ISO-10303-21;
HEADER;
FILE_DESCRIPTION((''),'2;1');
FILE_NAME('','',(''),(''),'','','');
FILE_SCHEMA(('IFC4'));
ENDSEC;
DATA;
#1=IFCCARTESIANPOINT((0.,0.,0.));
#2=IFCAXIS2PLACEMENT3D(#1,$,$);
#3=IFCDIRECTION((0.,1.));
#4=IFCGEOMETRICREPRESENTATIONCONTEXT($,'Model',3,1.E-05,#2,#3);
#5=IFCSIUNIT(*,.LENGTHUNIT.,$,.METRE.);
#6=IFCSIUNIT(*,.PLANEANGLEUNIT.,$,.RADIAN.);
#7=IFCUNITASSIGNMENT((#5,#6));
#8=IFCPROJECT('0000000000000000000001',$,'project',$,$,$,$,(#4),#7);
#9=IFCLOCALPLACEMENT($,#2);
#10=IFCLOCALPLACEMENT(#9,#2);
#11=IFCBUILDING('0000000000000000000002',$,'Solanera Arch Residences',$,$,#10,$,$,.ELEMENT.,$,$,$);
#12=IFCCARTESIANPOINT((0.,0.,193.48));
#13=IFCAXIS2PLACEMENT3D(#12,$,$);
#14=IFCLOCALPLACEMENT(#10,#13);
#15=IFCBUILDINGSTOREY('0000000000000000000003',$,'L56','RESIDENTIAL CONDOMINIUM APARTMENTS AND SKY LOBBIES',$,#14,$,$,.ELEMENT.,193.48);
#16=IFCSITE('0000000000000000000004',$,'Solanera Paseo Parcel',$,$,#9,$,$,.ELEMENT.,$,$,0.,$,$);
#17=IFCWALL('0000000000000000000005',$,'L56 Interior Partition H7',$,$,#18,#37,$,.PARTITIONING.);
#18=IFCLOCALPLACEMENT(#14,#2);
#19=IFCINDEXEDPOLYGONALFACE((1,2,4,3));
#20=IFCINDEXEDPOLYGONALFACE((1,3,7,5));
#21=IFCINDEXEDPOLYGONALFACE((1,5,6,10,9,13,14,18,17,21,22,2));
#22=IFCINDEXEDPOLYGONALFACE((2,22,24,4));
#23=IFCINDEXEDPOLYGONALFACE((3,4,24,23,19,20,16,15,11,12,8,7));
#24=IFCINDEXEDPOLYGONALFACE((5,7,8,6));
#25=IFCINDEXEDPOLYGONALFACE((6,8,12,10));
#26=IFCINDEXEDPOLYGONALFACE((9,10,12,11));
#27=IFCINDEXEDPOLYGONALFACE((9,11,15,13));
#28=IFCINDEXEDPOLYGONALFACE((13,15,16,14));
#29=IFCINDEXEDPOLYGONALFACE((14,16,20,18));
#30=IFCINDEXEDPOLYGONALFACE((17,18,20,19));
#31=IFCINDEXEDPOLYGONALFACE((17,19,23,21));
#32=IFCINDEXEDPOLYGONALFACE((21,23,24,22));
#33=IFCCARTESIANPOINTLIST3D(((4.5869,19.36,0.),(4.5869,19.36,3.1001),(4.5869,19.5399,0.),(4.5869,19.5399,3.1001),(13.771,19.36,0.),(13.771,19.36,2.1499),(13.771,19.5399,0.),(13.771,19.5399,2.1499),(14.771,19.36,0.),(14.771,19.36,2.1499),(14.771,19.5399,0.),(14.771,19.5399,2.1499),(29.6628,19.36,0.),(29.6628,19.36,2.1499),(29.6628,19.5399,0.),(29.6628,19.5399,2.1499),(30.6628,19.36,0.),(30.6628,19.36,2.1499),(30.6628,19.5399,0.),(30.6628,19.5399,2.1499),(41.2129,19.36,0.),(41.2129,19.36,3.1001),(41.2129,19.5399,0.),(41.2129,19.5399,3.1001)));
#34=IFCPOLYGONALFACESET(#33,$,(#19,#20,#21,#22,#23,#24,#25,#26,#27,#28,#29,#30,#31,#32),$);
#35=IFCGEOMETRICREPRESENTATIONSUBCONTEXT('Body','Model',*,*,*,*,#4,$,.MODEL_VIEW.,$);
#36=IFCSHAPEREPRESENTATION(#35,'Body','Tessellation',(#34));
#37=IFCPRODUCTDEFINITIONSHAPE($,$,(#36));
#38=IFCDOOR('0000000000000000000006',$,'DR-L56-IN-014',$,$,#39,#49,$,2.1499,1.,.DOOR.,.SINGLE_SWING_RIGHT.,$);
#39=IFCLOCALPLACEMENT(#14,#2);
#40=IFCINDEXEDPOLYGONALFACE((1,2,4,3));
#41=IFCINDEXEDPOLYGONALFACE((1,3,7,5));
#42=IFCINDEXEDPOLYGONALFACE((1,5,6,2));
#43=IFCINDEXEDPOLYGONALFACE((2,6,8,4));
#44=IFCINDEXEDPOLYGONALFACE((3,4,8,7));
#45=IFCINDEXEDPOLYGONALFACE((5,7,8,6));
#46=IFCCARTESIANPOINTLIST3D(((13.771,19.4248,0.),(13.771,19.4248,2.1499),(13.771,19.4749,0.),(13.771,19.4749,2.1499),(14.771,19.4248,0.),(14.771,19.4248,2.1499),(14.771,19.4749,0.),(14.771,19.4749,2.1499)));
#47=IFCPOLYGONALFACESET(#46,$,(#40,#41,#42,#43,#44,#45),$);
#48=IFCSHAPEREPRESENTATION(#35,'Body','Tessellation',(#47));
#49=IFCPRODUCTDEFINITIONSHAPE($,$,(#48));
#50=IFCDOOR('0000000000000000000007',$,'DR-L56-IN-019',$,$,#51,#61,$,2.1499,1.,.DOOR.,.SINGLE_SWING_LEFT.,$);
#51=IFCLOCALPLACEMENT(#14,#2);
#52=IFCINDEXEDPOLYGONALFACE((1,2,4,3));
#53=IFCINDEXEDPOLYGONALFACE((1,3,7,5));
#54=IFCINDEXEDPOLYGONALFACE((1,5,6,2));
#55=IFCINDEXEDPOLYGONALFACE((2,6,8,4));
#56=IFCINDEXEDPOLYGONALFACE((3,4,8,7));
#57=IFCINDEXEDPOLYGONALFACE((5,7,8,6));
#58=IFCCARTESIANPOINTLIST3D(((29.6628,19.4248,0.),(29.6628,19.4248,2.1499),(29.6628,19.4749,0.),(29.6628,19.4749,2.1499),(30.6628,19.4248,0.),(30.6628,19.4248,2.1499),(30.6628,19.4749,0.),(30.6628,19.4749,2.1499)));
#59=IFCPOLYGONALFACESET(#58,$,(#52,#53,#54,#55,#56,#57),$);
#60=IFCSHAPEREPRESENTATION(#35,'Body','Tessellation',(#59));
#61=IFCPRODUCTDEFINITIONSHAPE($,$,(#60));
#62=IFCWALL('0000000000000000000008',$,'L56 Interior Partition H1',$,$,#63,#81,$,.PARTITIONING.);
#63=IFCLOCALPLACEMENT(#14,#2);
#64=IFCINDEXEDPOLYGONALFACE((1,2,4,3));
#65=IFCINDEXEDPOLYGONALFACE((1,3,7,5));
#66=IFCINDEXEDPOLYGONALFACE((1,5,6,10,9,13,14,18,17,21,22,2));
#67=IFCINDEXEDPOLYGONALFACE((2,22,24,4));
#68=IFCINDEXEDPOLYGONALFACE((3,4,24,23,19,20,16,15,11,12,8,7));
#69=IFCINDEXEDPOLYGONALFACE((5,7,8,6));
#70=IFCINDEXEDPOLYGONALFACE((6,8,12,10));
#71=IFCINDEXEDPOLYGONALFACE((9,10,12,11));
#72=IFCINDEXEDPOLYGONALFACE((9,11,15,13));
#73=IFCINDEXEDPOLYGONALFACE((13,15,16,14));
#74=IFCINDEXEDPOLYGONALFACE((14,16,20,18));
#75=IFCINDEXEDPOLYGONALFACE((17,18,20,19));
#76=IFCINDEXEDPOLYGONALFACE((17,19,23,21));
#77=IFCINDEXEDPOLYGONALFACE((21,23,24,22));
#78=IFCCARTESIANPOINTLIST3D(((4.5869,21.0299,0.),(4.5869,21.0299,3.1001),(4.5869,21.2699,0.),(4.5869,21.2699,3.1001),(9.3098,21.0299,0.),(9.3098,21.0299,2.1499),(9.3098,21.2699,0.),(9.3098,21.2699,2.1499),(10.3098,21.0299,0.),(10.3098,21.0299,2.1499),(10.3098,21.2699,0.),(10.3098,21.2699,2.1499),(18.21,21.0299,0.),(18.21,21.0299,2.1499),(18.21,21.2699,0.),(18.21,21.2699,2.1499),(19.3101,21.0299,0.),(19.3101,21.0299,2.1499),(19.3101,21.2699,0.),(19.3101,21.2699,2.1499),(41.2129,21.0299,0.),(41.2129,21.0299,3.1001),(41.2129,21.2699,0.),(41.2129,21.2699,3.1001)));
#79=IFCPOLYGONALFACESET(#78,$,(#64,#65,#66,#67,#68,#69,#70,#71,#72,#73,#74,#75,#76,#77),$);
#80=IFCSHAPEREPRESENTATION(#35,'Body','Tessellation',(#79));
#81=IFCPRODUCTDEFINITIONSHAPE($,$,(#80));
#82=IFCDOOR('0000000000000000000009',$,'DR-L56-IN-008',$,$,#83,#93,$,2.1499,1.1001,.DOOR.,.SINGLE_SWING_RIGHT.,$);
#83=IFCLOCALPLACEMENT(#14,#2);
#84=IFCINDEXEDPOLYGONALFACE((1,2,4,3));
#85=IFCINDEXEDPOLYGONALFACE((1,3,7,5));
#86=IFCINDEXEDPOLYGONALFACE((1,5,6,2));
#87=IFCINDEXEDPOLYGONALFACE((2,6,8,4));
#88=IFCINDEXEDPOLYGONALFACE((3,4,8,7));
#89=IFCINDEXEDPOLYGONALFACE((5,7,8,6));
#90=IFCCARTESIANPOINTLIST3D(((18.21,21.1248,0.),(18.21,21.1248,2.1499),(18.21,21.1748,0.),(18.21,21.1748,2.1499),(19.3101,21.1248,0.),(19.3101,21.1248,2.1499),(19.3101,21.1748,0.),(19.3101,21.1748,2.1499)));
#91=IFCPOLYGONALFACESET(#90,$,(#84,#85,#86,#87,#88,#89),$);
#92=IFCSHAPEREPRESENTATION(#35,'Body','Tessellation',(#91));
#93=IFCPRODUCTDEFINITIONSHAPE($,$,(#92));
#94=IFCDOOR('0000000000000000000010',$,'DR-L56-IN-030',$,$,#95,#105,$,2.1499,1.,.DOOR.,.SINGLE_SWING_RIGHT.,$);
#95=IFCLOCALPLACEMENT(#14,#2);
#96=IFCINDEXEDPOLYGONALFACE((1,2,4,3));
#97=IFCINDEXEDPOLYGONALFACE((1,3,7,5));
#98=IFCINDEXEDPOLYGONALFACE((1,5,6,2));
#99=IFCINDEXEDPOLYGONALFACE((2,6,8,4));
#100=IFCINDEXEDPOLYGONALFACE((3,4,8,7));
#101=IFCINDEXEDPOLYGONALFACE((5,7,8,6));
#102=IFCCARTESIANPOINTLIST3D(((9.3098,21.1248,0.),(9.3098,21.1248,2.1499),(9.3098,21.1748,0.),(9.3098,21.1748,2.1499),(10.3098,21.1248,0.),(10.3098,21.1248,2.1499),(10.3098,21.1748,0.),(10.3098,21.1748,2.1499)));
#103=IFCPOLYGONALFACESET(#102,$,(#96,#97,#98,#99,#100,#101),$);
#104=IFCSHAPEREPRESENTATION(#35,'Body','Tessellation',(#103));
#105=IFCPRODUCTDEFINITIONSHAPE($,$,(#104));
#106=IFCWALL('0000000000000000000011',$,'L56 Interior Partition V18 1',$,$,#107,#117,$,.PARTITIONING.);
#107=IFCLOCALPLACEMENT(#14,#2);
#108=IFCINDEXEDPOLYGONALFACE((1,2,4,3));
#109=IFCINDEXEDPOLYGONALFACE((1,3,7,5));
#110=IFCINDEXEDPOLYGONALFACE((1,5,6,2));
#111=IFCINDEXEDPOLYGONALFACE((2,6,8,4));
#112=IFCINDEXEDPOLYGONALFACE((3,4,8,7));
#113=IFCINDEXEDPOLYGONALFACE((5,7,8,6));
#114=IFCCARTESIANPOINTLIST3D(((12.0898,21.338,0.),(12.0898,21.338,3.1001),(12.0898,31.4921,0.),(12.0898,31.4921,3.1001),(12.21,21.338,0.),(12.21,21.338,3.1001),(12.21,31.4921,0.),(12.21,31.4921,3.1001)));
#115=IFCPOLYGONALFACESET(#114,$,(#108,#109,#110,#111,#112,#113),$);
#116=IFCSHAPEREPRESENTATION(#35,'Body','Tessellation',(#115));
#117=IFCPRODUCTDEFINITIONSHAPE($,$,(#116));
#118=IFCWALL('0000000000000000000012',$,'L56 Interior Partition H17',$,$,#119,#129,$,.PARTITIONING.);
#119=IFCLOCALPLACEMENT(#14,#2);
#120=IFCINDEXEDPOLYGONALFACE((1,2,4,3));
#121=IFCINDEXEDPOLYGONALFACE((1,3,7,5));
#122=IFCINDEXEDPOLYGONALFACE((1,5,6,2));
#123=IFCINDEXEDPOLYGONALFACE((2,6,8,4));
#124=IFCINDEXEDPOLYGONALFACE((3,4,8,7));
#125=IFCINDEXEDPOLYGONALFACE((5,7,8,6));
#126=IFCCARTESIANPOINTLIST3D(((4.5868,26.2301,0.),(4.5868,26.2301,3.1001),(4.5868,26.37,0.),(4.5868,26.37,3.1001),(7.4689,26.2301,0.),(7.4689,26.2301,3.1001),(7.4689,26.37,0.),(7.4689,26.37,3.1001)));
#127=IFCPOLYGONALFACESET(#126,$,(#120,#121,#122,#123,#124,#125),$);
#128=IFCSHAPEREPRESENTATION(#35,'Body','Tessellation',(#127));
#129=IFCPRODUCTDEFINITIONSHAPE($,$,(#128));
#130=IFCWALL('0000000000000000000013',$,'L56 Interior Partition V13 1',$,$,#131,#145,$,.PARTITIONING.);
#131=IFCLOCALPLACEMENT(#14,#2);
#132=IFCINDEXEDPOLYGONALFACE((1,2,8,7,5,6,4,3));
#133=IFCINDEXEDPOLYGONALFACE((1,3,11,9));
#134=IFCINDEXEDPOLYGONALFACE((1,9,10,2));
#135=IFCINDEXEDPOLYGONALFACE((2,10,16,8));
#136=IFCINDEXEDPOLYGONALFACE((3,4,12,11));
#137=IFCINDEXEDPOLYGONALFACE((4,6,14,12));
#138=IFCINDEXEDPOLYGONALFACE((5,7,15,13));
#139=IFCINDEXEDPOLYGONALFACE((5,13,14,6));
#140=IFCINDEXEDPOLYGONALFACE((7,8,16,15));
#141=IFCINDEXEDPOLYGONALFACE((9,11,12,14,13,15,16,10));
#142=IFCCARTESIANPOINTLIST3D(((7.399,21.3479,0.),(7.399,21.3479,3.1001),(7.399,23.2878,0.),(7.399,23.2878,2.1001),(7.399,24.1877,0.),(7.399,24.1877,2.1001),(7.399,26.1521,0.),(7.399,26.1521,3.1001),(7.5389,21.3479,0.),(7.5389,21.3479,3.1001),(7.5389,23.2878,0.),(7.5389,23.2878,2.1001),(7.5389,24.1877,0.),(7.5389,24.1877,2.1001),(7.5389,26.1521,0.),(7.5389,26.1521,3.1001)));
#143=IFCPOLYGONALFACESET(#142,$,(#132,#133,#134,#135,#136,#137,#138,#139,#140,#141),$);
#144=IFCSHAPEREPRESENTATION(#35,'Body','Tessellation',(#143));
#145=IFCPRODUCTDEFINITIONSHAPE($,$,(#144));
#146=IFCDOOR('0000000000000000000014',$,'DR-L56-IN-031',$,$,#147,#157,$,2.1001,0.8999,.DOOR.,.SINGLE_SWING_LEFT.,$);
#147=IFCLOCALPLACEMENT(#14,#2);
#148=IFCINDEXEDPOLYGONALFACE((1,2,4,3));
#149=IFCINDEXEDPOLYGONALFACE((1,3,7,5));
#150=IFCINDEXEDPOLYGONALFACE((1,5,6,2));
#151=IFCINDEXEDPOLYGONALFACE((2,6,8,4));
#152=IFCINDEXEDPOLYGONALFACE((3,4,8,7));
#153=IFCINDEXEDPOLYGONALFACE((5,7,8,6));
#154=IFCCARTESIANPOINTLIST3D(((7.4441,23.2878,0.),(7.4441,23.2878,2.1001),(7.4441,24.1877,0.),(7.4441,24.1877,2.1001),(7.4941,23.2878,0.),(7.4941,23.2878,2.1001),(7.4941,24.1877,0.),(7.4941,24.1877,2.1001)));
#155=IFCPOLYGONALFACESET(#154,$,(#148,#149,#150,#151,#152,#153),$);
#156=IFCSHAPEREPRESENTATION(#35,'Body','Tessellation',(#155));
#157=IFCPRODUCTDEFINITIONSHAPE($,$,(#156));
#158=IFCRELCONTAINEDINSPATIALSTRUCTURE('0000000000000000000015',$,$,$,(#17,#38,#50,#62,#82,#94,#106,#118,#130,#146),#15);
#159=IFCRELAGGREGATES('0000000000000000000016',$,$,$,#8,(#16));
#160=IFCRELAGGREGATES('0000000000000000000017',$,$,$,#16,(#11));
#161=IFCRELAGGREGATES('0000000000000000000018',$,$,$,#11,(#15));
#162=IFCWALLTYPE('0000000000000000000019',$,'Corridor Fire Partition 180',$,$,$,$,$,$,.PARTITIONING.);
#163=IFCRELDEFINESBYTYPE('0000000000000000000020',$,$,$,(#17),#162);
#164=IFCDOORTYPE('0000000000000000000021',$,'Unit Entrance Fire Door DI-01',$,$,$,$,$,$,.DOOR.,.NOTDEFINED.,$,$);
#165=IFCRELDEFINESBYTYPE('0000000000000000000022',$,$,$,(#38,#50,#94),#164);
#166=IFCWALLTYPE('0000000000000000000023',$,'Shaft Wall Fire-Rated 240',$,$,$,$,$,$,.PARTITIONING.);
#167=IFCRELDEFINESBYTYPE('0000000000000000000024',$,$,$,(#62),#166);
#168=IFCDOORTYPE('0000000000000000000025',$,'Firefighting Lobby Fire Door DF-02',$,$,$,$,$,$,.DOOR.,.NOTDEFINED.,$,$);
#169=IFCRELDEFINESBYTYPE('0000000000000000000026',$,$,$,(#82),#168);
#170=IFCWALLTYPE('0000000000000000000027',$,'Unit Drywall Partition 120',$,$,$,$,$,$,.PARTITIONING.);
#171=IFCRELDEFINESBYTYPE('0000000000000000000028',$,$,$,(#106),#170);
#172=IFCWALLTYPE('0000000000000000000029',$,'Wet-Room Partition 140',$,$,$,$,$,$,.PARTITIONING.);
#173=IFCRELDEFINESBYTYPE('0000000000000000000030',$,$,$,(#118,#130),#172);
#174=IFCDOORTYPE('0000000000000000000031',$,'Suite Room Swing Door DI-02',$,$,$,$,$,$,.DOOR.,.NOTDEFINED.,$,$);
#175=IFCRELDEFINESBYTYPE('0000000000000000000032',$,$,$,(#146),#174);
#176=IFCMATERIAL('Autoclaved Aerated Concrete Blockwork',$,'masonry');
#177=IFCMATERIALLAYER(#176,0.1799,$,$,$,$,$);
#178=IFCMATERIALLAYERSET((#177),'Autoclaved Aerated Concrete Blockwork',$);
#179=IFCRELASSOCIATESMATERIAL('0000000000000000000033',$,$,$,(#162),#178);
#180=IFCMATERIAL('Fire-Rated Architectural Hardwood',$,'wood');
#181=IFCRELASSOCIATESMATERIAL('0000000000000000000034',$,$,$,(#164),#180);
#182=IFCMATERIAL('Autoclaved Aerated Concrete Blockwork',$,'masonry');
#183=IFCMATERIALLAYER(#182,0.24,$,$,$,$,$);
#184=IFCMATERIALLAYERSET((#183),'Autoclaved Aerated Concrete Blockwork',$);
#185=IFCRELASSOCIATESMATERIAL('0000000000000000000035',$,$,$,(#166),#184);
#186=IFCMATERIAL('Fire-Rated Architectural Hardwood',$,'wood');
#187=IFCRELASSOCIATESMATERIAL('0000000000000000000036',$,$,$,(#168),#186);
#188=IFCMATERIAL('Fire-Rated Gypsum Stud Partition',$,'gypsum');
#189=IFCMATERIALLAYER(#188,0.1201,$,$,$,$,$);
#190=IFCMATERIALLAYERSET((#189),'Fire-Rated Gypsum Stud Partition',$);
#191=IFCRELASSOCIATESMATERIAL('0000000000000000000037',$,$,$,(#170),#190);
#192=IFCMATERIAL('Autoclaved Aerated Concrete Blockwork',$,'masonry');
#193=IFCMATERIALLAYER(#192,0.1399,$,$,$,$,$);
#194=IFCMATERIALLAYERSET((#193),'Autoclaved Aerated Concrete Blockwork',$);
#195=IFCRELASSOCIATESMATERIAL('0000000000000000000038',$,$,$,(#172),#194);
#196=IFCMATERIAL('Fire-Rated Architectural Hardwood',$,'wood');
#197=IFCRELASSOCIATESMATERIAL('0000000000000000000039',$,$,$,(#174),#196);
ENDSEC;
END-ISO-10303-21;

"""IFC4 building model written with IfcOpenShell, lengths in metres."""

from ifc_helpers import new_model, si_unit, direction, frame, frame_2d, origin, place, context, subcontext, project, spatial, rectangle, extrude, material, layer, layer_set, type_object, element, fill, save


model = new_model("IFC4")

# Units and contexts
model_context = context("Model", 3, precision=1e-05, world=origin(), true_north=direction((0.0, 1.0)))
body_context = subcontext(model_context, "Body", "Model", "MODEL_VIEW")
ifc_project = project(units=[si_unit("LENGTHUNIT", "METRE"), si_unit("PLANEANGLEUNIT", "RADIAN")], contexts=[model_context])

# Site, building, storey
site_placement = place(None, origin())
site = spatial("IfcSite", under=ifc_project, at=site_placement, Name="Solanera Paseo Parcel", CompositionType="ELEMENT", RefElevation=0.0)
building_placement = place(site_placement, origin())
building = spatial("IfcBuilding", under=site, at=building_placement, Name="Solanera Arch Residences", CompositionType="ELEMENT")
storey_placement = place(building_placement, frame((0.0, 0.0, 193.48)))
storey = spatial("IfcBuildingStorey", under=building, at=storey_placement, Name="L56", Description="RESIDENTIAL CONDOMINIUM APARTMENTS AND SKY LOBBIES", CompositionType="ELEMENT", Elevation=193.48)

# Walls, openings, doors
ifc_material_1 = material(Name="Autoclaved Aerated Concrete Blockwork", Category="masonry")
ifc_layer_1 = layer(ifc_material_1, 0.1799)
ifc_layer_set_1 = layer_set([ifc_layer_1], Name="Autoclaved Aerated Concrete Blockwork")
wall_type_1 = type_object("IfcWallType", Name="Corridor Fire Partition 180", PredefinedType="PARTITIONING", material=ifc_layer_set_1)
wall_1_placement = place(storey_placement, frame((4.5869, 19.45, 0.0), z_axis=(0.0, 0.0, 1.0), x_axis=(1.0, 0.0, 0.0)))
wall_1 = element("IfcWall", 1, at=wall_1_placement, inside=storey, type_object=wall_type_1, Name="L56 Interior Partition H7", PredefinedType="PARTITIONING", context=body_context, shape_type="SweptSolid", body=[
    extrude(rectangle(XDim=36.626, YDim=0.1799, at=frame_2d((18.313, 0.0))), origin(), (0.0, 0.0, 1.0), 3.1001),
])
opening_1_placement = place(wall_1_placement, frame((9.1841, 0.0, 0.0)))
opening_1 = element("IfcOpeningElement", 2, at=opening_1_placement, cuts=wall_1, PredefinedType="OPENING", context=body_context, shape_type="SweptSolid", body=[
    extrude(rectangle(XDim=1.0, YDim=2.1499, at=frame_2d((0.5, 1.075))), frame((0.0, 0.1001, 0.0), z_axis=(0.0, -1.0, 0.0), x_axis=(1.0, 0.0, 0.0)), (0.0, 0.0, 1.0), 0.1999),
])
opening_2_placement = place(wall_1_placement, frame((25.0759, 0.0, 0.0)))
opening_2 = element("IfcOpeningElement", 3, at=opening_2_placement, cuts=wall_1, PredefinedType="OPENING", context=body_context, shape_type="SweptSolid", body=[
    extrude(rectangle(XDim=1.0, YDim=2.1499, at=frame_2d((0.5, 1.075))), frame((0.0, 0.1001, 0.0), z_axis=(0.0, -1.0, 0.0), x_axis=(1.0, 0.0, 0.0)), (0.0, 0.0, 1.0), 0.1999),
])
ifc_material_2 = material(Name="Fire-Rated Architectural Hardwood", Category="wood")
door_type_1 = type_object("IfcDoorType", Name="Unit Entrance Fire Door DI-01", OperationType="NOTDEFINED", PredefinedType="DOOR", material=ifc_material_2)
door_1_placement = place(opening_1_placement, origin())
door_1 = element("IfcDoor", 4, at=door_1_placement, inside=storey, type_object=door_type_1, Name="DR-L56-IN-014", OperationType="SINGLE_SWING_RIGHT", OverallHeight=2.1499, OverallWidth=1.0, PredefinedType="DOOR", context=body_context, shape_type="SweptSolid", body=[
    extrude(rectangle(XDim=1.0, YDim=2.1499, at=frame_2d((0.5, 1.075))), frame((0.0, 0.0249, 0.0), z_axis=(0.0, -1.0, 0.0), x_axis=(1.0, 0.0, 0.0)), (0.0, 0.0, 1.0), 0.05),
])
fill(opening_1, door_1)
door_2_placement = place(opening_2_placement, origin())
door_2 = element("IfcDoor", 5, at=door_2_placement, inside=storey, type_object=door_type_1, Name="DR-L56-IN-019", OperationType="SINGLE_SWING_LEFT", OverallHeight=2.1499, OverallWidth=1.0, PredefinedType="DOOR", context=body_context, shape_type="SweptSolid", body=[
    extrude(rectangle(XDim=1.0, YDim=2.1499, at=frame_2d((0.5, 1.075))), frame((0.0, 0.0249, 0.0), z_axis=(0.0, -1.0, 0.0), x_axis=(1.0, 0.0, 0.0)), (0.0, 0.0, 1.0), 0.05),
])
fill(opening_2, door_2)
ifc_material_3 = material(Name="Autoclaved Aerated Concrete Blockwork", Category="masonry")
ifc_layer_2 = layer(ifc_material_3, 0.24)
ifc_layer_set_2 = layer_set([ifc_layer_2], Name="Autoclaved Aerated Concrete Blockwork")
wall_type_2 = type_object("IfcWallType", Name="Shaft Wall Fire-Rated 240", PredefinedType="PARTITIONING", material=ifc_layer_set_2)
wall_2_placement = place(storey_placement, frame((4.5869, 21.1499, 0.0), z_axis=(0.0, 0.0, 1.0), x_axis=(1.0, 0.0, 0.0)))
wall_2 = element("IfcWall", 6, at=wall_2_placement, inside=storey, type_object=wall_type_2, Name="L56 Interior Partition H1", PredefinedType="PARTITIONING", context=body_context, shape_type="SweptSolid", body=[
    extrude(rectangle(XDim=36.626, YDim=0.24, at=frame_2d((18.313, 0.0))), origin(), (0.0, 0.0, 1.0), 3.1001),
])
opening_3_placement = place(wall_2_placement, frame((13.623, 0.0, 0.0)))
opening_3 = element("IfcOpeningElement", 7, at=opening_3_placement, cuts=wall_2, PredefinedType="OPENING", context=body_context, shape_type="SweptSolid", body=[
    extrude(rectangle(XDim=1.1001, YDim=2.1499, at=frame_2d((0.55, 1.075))), frame((0.0, 0.1299, 0.0), z_axis=(0.0, -1.0, 0.0), x_axis=(1.0, 0.0, 0.0)), (0.0, 0.0, 1.0), 0.26),
])
opening_4_placement = place(wall_2_placement, frame((4.7229, 0.0, 0.0)))
opening_4 = element("IfcOpeningElement", 8, at=opening_4_placement, cuts=wall_2, PredefinedType="OPENING", context=body_context, shape_type="SweptSolid", body=[
    extrude(rectangle(XDim=1.0, YDim=2.1499, at=frame_2d((0.5, 1.075))), frame((0.0, 0.1299, 0.0), z_axis=(0.0, -1.0, 0.0), x_axis=(1.0, 0.0, 0.0)), (0.0, 0.0, 1.0), 0.26),
])
ifc_material_4 = material(Name="Fire-Rated Architectural Hardwood", Category="wood")
door_type_2 = type_object("IfcDoorType", Name="Firefighting Lobby Fire Door DF-02", OperationType="NOTDEFINED", PredefinedType="DOOR", material=ifc_material_4)
door_3_placement = place(opening_3_placement, origin())
door_3 = element("IfcDoor", 9, at=door_3_placement, inside=storey, type_object=door_type_2, Name="DR-L56-IN-008", OperationType="SINGLE_SWING_RIGHT", OverallHeight=2.1499, OverallWidth=1.1001, PredefinedType="DOOR", context=body_context, shape_type="SweptSolid", body=[
    extrude(rectangle(XDim=1.1001, YDim=2.1499, at=frame_2d((0.55, 1.075))), frame((0.0, 0.0249, 0.0), z_axis=(0.0, -1.0, 0.0), x_axis=(1.0, 0.0, 0.0)), (0.0, 0.0, 1.0), 0.05),
])
fill(opening_3, door_3)
door_4_placement = place(opening_4_placement, origin())
door_4 = element("IfcDoor", 10, at=door_4_placement, inside=storey, type_object=door_type_1, Name="DR-L56-IN-030", OperationType="SINGLE_SWING_RIGHT", OverallHeight=2.1499, OverallWidth=1.0, PredefinedType="DOOR", context=body_context, shape_type="SweptSolid", body=[
    extrude(rectangle(XDim=1.0, YDim=2.1499, at=frame_2d((0.5, 1.075))), frame((0.0, 0.0249, 0.0), z_axis=(0.0, -1.0, 0.0), x_axis=(1.0, 0.0, 0.0)), (0.0, 0.0, 1.0), 0.05),
])
fill(opening_4, door_4)

# Walls
ifc_material_5 = material(Name="Fire-Rated Gypsum Stud Partition", Category="gypsum")
ifc_layer_3 = layer(ifc_material_5, 0.1201)
ifc_layer_set_3 = layer_set([ifc_layer_3], Name="Fire-Rated Gypsum Stud Partition")
wall_type_3 = type_object("IfcWallType", Name="Unit Drywall Partition 120", PredefinedType="PARTITIONING", material=ifc_layer_set_3)
wall_3_placement = place(storey_placement, frame((12.1499, 21.3379, 0.0), z_axis=(0.0, 0.0, 1.0), x_axis=(0.0, 1.0, 0.0)))
element("IfcWall", 11, at=wall_3_placement, inside=storey, type_object=wall_type_3, Name="L56 Interior Partition V18 1", PredefinedType="PARTITIONING", context=body_context, shape_type="SweptSolid", body=[
    extrude(rectangle(XDim=10.1541, YDim=0.1201, at=frame_2d((5.0771, 0.0))), origin(), (0.0, 0.0, 1.0), 3.1001),
])
ifc_material_6 = material(Name="Autoclaved Aerated Concrete Blockwork", Category="masonry")
ifc_layer_4 = layer(ifc_material_6, 0.1399)
ifc_layer_set_4 = layer_set([ifc_layer_4], Name="Autoclaved Aerated Concrete Blockwork")
wall_type_4 = type_object("IfcWallType", Name="Wet-Room Partition 140", PredefinedType="PARTITIONING", material=ifc_layer_set_4)
wall_4_placement = place(storey_placement, frame((4.5869, 26.3, 0.0), z_axis=(0.0, 0.0, 1.0), x_axis=(1.0, 0.0, 0.0)))
element("IfcWall", 12, at=wall_4_placement, inside=storey, type_object=wall_type_4, Name="L56 Interior Partition H17", PredefinedType="PARTITIONING", context=body_context, shape_type="SweptSolid", body=[
    extrude(rectangle(XDim=2.8821, YDim=0.1399, at=frame_2d((1.4409, 0.0))), origin(), (0.0, 0.0, 1.0), 3.1001),
])

# Wall, opening, door
wall_5_placement = place(storey_placement, frame((7.469, 21.3479, 0.0), z_axis=(0.0, 0.0, 1.0), x_axis=(0.0, 1.0, 0.0)))
wall_5 = element("IfcWall", 13, at=wall_5_placement, inside=storey, type_object=wall_type_4, Name="L56 Interior Partition V13 1", PredefinedType="PARTITIONING", context=body_context, shape_type="SweptSolid", body=[
    extrude(rectangle(XDim=4.8042, YDim=0.1399, at=frame_2d((2.4021, 0.0))), origin(), (0.0, 0.0, 1.0), 3.1001),
])
opening_5_placement = place(wall_5_placement, frame((1.9399, 0.0, 0.0)))
opening_5 = element("IfcOpeningElement", 14, at=opening_5_placement, cuts=wall_5, PredefinedType="OPENING", context=body_context, shape_type="SweptSolid", body=[
    extrude(rectangle(XDim=0.8999, YDim=2.1001, at=frame_2d((0.45, 1.05))), frame((0.0, 0.0798, 0.0), z_axis=(0.0, -1.0, 0.0), x_axis=(1.0, 0.0, 0.0)), (0.0, 0.0, 1.0), 0.1599),
])
ifc_material_7 = material(Name="Fire-Rated Architectural Hardwood", Category="wood")
door_type_3 = type_object("IfcDoorType", Name="Suite Room Swing Door DI-02", OperationType="NOTDEFINED", PredefinedType="DOOR", material=ifc_material_7)
door_5_placement = place(opening_5_placement, origin())
door_5 = element("IfcDoor", 15, at=door_5_placement, inside=storey, type_object=door_type_3, Name="DR-L56-IN-031", OperationType="SINGLE_SWING_LEFT", OverallHeight=2.1001, OverallWidth=0.8999, PredefinedType="DOOR", context=body_context, shape_type="SweptSolid", body=[
    extrude(rectangle(XDim=0.8999, YDim=2.1001, at=frame_2d((0.45, 1.05))), frame((0.0, 0.0249, 0.0), z_axis=(0.0, -1.0, 0.0), x_axis=(1.0, 0.0, 0.0)), (0.0, 0.0, 1.0), 0.05),
])
fill(opening_5, door_5)

save(model, "model.ifc")
